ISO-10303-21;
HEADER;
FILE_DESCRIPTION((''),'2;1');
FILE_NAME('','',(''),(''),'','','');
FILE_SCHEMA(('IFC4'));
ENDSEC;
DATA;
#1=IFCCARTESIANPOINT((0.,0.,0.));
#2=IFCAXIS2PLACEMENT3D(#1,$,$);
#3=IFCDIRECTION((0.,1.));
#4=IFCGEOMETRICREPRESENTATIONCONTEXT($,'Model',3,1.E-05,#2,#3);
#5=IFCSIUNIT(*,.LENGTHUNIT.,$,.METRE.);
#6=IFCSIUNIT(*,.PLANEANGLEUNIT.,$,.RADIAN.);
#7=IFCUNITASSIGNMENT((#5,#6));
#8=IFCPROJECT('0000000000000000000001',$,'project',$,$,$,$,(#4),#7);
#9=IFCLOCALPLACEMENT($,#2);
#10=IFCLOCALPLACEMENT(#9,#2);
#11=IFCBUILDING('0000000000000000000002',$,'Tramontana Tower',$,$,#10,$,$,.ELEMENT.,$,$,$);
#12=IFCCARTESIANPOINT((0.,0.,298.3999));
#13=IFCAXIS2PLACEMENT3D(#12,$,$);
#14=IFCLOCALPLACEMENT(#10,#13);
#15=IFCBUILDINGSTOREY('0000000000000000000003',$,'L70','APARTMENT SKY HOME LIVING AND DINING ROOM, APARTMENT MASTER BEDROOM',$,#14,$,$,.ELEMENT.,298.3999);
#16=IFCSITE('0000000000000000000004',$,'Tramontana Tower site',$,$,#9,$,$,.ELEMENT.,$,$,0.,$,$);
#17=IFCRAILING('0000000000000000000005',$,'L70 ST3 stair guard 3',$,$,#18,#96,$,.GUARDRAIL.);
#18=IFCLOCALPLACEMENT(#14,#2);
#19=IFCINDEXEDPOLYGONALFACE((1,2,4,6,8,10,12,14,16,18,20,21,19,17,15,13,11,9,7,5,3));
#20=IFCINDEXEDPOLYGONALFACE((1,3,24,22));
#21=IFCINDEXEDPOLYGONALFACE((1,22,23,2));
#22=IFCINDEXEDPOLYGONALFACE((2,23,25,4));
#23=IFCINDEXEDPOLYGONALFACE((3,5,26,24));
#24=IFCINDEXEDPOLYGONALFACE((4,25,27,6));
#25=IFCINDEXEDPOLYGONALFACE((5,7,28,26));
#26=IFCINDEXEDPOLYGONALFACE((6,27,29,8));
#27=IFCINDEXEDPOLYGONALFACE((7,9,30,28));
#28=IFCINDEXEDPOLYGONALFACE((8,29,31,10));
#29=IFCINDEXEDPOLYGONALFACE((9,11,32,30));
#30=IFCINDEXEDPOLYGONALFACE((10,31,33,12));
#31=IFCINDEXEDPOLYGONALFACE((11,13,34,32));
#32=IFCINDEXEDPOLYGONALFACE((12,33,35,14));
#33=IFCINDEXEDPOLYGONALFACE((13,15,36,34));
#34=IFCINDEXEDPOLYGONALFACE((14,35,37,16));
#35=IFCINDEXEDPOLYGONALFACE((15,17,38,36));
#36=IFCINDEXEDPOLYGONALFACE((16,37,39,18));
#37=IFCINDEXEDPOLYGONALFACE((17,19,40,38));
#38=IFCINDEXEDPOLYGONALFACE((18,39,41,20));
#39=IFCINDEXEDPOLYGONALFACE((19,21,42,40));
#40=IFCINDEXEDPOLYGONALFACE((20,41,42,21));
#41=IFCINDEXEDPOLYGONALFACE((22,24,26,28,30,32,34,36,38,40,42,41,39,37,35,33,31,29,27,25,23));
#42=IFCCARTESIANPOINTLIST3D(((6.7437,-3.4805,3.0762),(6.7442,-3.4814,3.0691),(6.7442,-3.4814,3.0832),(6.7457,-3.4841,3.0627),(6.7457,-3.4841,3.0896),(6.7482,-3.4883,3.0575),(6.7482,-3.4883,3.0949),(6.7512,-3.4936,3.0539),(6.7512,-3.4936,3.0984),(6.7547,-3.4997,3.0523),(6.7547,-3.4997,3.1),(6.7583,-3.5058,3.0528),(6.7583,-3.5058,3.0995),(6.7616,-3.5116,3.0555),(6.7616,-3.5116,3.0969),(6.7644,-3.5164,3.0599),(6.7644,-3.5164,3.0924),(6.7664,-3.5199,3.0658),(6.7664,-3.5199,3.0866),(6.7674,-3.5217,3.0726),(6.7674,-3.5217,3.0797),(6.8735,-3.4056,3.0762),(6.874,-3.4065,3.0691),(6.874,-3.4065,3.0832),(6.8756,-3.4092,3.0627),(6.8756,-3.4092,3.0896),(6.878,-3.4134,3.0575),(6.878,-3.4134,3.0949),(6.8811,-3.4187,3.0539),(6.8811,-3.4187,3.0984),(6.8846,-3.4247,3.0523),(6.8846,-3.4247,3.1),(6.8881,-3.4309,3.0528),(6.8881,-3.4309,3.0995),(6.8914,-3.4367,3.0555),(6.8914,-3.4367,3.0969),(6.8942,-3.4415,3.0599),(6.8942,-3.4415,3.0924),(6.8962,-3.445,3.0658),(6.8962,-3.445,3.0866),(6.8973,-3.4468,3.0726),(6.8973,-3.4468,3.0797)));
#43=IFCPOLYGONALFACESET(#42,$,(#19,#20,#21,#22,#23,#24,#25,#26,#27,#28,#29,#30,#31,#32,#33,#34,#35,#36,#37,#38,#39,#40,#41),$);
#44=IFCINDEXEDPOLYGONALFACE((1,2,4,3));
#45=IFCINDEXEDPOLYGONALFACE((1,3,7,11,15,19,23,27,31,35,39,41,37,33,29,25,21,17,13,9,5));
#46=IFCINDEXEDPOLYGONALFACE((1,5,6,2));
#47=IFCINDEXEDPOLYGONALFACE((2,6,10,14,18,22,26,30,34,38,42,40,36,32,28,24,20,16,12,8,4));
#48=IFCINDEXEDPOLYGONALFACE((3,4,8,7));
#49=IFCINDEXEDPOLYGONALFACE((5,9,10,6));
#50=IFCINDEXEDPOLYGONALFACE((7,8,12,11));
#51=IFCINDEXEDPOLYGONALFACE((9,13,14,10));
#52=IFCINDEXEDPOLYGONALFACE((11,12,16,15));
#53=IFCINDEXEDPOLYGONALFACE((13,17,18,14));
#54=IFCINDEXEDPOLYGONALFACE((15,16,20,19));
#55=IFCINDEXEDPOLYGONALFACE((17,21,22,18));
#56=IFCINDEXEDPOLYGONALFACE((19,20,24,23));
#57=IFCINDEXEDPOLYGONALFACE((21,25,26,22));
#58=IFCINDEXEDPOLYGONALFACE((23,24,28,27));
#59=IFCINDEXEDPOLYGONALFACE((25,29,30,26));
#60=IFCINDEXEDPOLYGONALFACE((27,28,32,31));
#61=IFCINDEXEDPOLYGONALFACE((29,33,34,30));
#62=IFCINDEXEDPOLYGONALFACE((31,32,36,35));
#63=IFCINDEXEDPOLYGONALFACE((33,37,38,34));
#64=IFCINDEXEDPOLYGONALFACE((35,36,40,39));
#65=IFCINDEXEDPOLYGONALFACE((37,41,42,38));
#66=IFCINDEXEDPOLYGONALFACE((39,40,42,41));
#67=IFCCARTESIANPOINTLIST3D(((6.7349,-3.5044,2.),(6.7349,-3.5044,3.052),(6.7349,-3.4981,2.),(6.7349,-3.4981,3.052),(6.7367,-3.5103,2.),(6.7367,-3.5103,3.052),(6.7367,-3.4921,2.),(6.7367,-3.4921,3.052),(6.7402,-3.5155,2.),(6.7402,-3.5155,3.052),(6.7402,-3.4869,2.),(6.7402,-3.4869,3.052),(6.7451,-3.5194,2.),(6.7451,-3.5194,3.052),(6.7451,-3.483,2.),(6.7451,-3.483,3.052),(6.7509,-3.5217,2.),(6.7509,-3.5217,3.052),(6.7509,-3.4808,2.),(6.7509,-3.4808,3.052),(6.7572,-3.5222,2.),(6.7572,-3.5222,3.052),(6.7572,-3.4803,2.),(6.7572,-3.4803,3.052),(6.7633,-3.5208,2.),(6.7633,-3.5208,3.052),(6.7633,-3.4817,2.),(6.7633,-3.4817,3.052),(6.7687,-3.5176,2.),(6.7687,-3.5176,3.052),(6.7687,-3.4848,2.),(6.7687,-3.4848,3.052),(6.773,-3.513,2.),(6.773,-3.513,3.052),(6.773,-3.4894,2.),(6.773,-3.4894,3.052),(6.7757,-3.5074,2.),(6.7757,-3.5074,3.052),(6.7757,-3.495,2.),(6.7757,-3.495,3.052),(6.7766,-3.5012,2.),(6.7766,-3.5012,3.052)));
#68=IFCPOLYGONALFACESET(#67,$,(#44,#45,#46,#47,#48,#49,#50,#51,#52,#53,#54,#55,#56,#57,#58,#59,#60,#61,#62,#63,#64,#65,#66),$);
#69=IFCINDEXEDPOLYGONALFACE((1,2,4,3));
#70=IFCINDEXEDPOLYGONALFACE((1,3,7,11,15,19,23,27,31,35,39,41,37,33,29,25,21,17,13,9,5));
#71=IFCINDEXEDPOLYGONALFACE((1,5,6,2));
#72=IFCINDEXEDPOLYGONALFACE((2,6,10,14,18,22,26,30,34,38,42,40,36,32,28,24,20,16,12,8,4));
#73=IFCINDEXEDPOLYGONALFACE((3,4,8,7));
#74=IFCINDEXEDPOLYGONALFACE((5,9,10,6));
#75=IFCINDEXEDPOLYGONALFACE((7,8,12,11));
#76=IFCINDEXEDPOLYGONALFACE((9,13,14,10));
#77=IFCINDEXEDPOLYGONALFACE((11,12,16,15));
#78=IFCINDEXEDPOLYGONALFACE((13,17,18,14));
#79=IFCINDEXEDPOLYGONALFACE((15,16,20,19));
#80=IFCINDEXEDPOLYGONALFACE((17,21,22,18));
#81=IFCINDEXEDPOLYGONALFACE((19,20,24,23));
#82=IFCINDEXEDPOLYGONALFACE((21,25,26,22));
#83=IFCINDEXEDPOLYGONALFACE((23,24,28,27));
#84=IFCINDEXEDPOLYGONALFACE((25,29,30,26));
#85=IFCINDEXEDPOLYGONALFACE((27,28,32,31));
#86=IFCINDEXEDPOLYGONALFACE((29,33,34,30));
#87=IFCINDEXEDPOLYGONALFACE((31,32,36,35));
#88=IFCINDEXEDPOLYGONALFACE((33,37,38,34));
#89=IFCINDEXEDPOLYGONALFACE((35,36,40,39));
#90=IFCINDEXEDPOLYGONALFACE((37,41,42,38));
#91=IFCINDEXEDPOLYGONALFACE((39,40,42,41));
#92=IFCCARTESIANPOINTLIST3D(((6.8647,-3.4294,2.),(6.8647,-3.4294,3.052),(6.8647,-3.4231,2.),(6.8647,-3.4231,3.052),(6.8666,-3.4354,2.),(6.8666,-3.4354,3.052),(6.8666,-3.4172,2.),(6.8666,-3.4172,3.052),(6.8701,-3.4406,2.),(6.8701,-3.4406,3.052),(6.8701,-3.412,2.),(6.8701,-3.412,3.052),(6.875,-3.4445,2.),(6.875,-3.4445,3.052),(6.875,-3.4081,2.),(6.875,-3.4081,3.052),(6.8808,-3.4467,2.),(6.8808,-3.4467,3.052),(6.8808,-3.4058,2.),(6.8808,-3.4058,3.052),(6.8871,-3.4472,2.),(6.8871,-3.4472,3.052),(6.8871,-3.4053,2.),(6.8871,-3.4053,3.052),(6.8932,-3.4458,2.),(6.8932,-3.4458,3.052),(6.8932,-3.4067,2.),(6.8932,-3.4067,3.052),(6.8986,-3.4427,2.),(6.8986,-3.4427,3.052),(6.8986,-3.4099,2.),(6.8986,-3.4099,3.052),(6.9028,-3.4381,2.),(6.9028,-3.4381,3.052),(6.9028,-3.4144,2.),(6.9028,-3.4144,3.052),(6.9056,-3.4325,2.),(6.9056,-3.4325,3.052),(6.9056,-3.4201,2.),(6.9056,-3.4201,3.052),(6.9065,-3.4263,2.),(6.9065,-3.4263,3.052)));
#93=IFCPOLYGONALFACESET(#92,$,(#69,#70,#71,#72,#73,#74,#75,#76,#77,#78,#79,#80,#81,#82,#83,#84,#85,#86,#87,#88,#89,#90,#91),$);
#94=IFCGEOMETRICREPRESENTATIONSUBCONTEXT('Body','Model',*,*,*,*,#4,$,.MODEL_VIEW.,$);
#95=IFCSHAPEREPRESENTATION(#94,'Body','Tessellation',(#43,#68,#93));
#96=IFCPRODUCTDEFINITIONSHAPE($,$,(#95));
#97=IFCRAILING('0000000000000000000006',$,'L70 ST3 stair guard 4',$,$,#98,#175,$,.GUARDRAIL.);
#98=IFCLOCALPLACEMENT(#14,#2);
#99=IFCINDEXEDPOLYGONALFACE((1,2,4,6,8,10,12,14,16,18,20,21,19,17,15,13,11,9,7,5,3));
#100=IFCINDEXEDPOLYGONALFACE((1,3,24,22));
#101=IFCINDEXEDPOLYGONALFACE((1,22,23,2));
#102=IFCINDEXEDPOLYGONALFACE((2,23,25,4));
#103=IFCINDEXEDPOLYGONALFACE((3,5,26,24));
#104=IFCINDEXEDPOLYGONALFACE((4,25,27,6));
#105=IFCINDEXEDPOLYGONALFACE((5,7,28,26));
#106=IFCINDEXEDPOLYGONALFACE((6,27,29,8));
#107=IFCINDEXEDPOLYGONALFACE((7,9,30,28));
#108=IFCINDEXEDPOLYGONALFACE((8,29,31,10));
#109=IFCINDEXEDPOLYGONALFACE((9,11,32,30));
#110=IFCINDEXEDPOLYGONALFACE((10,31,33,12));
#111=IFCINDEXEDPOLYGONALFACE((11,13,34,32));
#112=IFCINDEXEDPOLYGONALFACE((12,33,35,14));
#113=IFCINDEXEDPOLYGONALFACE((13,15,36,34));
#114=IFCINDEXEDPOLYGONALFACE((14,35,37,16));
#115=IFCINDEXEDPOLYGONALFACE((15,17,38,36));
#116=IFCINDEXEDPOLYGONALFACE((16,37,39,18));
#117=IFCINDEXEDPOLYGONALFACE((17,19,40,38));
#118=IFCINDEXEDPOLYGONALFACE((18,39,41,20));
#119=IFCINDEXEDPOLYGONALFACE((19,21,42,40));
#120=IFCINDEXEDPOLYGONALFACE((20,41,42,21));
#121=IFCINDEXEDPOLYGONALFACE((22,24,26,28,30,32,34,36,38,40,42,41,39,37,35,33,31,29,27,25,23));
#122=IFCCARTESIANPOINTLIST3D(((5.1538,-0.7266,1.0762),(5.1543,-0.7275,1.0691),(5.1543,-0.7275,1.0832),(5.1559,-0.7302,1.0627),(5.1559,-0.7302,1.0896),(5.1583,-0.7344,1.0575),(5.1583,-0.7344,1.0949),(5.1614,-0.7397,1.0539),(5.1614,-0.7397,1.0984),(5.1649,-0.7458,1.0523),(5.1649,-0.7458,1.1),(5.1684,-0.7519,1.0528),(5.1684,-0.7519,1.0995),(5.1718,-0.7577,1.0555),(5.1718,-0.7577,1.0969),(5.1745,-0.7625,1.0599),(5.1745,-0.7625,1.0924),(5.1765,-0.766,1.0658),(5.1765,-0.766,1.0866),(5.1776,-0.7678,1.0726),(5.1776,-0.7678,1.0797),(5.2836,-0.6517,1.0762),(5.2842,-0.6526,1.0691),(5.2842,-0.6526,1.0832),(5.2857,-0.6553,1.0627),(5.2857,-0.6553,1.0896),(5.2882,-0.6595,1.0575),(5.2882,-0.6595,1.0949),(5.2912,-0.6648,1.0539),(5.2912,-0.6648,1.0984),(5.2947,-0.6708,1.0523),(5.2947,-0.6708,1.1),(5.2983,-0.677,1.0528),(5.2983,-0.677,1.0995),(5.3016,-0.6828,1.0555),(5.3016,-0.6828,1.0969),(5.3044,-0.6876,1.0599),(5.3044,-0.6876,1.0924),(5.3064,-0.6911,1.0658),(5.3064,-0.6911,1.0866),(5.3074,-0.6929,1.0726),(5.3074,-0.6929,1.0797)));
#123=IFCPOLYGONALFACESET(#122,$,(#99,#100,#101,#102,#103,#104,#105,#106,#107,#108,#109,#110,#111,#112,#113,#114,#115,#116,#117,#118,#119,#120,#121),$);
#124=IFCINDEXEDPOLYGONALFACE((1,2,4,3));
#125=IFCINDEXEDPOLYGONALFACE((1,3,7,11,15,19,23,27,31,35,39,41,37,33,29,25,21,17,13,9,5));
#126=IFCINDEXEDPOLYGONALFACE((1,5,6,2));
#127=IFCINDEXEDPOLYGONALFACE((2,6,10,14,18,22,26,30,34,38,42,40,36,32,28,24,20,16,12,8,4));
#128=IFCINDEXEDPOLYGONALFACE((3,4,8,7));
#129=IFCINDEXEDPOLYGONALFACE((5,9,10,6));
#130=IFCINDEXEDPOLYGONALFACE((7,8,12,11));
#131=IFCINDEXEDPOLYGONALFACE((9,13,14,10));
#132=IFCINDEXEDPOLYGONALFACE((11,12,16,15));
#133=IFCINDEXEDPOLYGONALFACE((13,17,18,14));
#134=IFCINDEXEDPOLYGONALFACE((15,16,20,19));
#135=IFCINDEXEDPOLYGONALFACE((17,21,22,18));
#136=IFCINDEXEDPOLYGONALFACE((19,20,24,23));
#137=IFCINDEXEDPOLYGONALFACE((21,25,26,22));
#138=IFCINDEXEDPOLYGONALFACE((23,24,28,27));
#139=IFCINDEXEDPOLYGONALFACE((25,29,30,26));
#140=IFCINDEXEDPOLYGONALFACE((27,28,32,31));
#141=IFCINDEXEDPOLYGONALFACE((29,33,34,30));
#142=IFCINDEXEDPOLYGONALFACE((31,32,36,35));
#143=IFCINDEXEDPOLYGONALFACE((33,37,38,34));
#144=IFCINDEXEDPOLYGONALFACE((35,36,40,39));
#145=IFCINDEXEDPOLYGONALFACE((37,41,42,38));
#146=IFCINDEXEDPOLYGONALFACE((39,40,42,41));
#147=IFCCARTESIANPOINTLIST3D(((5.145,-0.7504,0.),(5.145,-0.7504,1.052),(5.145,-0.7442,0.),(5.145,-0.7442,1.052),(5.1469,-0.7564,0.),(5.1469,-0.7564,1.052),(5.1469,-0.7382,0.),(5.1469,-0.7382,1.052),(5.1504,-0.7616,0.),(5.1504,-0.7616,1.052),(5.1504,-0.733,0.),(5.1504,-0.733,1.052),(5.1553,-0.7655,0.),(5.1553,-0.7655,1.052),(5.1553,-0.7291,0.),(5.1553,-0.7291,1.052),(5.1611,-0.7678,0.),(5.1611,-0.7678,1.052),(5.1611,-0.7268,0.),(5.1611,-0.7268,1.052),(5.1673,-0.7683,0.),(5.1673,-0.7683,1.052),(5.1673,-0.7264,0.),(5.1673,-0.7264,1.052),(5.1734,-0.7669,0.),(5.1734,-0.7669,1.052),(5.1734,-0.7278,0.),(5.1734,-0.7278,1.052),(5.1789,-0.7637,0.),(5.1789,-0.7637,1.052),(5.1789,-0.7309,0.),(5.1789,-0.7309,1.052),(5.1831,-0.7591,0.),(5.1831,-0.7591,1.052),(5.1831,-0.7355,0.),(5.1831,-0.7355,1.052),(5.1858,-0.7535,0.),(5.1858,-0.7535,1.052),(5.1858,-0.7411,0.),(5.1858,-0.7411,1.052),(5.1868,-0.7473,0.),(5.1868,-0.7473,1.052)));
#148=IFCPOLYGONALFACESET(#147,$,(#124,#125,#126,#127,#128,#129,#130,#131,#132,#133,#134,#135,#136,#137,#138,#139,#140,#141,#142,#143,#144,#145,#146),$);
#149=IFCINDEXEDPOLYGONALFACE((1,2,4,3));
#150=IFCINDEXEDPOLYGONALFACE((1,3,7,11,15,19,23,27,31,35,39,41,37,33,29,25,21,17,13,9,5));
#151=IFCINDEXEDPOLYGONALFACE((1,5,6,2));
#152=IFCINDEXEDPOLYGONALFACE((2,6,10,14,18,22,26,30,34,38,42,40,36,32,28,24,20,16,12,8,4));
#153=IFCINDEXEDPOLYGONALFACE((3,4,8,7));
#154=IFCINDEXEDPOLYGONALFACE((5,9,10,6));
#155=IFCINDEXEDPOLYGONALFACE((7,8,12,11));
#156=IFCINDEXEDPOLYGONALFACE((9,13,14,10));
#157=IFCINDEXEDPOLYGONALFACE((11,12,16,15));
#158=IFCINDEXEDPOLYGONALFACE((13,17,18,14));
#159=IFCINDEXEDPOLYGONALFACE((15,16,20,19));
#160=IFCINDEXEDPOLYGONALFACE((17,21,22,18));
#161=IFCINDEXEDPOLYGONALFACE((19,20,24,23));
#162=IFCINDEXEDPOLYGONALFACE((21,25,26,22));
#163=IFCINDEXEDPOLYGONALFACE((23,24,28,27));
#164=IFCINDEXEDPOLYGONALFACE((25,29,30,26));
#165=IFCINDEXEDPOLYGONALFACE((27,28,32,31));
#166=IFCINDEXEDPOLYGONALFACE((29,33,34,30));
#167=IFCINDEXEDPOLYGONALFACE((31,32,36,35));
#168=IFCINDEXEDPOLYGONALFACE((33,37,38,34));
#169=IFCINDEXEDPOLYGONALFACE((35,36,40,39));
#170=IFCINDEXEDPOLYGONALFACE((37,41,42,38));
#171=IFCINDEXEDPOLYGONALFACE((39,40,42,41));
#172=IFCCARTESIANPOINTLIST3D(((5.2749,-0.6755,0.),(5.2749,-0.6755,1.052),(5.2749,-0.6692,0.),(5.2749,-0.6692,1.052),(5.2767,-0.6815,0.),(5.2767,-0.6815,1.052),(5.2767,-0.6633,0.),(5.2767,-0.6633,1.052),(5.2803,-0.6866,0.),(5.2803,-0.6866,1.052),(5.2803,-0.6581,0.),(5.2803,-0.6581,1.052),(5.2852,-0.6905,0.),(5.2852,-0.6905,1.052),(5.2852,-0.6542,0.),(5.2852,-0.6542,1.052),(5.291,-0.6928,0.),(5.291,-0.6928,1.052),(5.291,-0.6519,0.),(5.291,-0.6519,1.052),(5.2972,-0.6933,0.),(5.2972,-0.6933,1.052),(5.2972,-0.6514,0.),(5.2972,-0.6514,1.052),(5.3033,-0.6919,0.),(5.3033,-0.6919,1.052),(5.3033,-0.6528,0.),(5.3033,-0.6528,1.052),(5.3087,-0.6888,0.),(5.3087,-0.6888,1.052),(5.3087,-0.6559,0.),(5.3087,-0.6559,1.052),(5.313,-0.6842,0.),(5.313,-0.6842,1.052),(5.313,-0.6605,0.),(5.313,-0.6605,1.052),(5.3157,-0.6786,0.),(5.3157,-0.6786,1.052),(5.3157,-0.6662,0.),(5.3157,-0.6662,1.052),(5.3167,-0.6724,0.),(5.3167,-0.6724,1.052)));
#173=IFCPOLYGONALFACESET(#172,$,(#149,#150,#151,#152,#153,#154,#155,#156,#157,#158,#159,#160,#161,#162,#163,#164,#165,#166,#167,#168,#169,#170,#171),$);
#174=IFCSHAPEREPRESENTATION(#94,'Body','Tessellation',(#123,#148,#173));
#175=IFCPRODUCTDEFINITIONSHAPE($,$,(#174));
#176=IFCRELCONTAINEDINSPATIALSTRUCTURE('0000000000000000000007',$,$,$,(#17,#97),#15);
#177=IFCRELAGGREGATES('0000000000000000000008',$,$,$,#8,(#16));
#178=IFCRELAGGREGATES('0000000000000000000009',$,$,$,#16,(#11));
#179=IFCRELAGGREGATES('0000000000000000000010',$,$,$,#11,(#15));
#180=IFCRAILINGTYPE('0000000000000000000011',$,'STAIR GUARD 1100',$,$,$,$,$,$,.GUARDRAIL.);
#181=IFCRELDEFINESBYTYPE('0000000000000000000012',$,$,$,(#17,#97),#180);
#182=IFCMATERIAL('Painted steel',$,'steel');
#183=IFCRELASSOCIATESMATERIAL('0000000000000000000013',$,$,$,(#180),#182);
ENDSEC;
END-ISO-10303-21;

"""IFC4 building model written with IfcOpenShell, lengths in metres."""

from ifc_helpers import new_model, si_unit, direction, frame, origin, origin_2d, place, context, subcontext, project, spatial, circle, extrude, material, type_object, element, save


model = new_model("IFC4")

# Units and contexts
model_context = context("Model", 3, precision=1e-05, world=origin(), true_north=direction((0.0, 1.0)))
body_context = subcontext(model_context, "Body", "Model", "MODEL_VIEW")
ifc_project = project(units=[si_unit("LENGTHUNIT", "METRE"), si_unit("PLANEANGLEUNIT", "RADIAN")], contexts=[model_context])

# Site, building, storey
site_placement = place(None, origin())
site = spatial("IfcSite", under=ifc_project, at=site_placement, Name="Tramontana Tower site", CompositionType="ELEMENT", RefElevation=0.0)
building_placement = place(site_placement, origin())
building = spatial("IfcBuilding", under=site, at=building_placement, Name="Tramontana Tower", CompositionType="ELEMENT")
storey_placement = place(building_placement, frame((0.0, 0.0, 298.3999)))
storey = spatial("IfcBuildingStorey", under=building, at=storey_placement, Name="L70", Description="APARTMENT SKY HOME LIVING AND DINING ROOM, APARTMENT MASTER BEDROOM", CompositionType="ELEMENT", Elevation=298.3999)

# Railings
ifc_material_1 = material(Name="Painted steel", Category="steel")
railing_type_1 = type_object("IfcRailingType", Name="STAIR GUARD 1100", PredefinedType="GUARDRAIL", material=ifc_material_1)
for number, where, name in (
    (1, (6.7556, -3.5012, 2.0), "L70 ST3 stair guard 3"),
    (2, (5.1658, -0.7473, 0.0), "L70 ST3 stair guard 4"),
):
    element("IfcRailing", number, at=place(storey_placement, frame(where)), inside=storey, type_object=railing_type_1, Name=name, PredefinedType="GUARDRAIL", context=body_context, shape_type="SweptSolid", body=[
        extrude(circle(Radius=0.0239, at=origin_2d()), frame((0.0, 0.0, 1.0762), z_axis=(0.866131, 0.499816, 0.0), x_axis=(-0.499816, 0.866131, 0.0)), (0.0, 0.0, 1.0), 0.1499),
        extrude(circle(Radius=0.021, at=origin_2d()), origin(), (0.0, 0.0, 1.0), 1.052),
        extrude(circle(Radius=0.021, at=origin_2d()), frame((0.1299, 0.075, 0.0)), (0.0, 0.0, 1.0), 1.052),
    ])

save(model, "model.ifc")
